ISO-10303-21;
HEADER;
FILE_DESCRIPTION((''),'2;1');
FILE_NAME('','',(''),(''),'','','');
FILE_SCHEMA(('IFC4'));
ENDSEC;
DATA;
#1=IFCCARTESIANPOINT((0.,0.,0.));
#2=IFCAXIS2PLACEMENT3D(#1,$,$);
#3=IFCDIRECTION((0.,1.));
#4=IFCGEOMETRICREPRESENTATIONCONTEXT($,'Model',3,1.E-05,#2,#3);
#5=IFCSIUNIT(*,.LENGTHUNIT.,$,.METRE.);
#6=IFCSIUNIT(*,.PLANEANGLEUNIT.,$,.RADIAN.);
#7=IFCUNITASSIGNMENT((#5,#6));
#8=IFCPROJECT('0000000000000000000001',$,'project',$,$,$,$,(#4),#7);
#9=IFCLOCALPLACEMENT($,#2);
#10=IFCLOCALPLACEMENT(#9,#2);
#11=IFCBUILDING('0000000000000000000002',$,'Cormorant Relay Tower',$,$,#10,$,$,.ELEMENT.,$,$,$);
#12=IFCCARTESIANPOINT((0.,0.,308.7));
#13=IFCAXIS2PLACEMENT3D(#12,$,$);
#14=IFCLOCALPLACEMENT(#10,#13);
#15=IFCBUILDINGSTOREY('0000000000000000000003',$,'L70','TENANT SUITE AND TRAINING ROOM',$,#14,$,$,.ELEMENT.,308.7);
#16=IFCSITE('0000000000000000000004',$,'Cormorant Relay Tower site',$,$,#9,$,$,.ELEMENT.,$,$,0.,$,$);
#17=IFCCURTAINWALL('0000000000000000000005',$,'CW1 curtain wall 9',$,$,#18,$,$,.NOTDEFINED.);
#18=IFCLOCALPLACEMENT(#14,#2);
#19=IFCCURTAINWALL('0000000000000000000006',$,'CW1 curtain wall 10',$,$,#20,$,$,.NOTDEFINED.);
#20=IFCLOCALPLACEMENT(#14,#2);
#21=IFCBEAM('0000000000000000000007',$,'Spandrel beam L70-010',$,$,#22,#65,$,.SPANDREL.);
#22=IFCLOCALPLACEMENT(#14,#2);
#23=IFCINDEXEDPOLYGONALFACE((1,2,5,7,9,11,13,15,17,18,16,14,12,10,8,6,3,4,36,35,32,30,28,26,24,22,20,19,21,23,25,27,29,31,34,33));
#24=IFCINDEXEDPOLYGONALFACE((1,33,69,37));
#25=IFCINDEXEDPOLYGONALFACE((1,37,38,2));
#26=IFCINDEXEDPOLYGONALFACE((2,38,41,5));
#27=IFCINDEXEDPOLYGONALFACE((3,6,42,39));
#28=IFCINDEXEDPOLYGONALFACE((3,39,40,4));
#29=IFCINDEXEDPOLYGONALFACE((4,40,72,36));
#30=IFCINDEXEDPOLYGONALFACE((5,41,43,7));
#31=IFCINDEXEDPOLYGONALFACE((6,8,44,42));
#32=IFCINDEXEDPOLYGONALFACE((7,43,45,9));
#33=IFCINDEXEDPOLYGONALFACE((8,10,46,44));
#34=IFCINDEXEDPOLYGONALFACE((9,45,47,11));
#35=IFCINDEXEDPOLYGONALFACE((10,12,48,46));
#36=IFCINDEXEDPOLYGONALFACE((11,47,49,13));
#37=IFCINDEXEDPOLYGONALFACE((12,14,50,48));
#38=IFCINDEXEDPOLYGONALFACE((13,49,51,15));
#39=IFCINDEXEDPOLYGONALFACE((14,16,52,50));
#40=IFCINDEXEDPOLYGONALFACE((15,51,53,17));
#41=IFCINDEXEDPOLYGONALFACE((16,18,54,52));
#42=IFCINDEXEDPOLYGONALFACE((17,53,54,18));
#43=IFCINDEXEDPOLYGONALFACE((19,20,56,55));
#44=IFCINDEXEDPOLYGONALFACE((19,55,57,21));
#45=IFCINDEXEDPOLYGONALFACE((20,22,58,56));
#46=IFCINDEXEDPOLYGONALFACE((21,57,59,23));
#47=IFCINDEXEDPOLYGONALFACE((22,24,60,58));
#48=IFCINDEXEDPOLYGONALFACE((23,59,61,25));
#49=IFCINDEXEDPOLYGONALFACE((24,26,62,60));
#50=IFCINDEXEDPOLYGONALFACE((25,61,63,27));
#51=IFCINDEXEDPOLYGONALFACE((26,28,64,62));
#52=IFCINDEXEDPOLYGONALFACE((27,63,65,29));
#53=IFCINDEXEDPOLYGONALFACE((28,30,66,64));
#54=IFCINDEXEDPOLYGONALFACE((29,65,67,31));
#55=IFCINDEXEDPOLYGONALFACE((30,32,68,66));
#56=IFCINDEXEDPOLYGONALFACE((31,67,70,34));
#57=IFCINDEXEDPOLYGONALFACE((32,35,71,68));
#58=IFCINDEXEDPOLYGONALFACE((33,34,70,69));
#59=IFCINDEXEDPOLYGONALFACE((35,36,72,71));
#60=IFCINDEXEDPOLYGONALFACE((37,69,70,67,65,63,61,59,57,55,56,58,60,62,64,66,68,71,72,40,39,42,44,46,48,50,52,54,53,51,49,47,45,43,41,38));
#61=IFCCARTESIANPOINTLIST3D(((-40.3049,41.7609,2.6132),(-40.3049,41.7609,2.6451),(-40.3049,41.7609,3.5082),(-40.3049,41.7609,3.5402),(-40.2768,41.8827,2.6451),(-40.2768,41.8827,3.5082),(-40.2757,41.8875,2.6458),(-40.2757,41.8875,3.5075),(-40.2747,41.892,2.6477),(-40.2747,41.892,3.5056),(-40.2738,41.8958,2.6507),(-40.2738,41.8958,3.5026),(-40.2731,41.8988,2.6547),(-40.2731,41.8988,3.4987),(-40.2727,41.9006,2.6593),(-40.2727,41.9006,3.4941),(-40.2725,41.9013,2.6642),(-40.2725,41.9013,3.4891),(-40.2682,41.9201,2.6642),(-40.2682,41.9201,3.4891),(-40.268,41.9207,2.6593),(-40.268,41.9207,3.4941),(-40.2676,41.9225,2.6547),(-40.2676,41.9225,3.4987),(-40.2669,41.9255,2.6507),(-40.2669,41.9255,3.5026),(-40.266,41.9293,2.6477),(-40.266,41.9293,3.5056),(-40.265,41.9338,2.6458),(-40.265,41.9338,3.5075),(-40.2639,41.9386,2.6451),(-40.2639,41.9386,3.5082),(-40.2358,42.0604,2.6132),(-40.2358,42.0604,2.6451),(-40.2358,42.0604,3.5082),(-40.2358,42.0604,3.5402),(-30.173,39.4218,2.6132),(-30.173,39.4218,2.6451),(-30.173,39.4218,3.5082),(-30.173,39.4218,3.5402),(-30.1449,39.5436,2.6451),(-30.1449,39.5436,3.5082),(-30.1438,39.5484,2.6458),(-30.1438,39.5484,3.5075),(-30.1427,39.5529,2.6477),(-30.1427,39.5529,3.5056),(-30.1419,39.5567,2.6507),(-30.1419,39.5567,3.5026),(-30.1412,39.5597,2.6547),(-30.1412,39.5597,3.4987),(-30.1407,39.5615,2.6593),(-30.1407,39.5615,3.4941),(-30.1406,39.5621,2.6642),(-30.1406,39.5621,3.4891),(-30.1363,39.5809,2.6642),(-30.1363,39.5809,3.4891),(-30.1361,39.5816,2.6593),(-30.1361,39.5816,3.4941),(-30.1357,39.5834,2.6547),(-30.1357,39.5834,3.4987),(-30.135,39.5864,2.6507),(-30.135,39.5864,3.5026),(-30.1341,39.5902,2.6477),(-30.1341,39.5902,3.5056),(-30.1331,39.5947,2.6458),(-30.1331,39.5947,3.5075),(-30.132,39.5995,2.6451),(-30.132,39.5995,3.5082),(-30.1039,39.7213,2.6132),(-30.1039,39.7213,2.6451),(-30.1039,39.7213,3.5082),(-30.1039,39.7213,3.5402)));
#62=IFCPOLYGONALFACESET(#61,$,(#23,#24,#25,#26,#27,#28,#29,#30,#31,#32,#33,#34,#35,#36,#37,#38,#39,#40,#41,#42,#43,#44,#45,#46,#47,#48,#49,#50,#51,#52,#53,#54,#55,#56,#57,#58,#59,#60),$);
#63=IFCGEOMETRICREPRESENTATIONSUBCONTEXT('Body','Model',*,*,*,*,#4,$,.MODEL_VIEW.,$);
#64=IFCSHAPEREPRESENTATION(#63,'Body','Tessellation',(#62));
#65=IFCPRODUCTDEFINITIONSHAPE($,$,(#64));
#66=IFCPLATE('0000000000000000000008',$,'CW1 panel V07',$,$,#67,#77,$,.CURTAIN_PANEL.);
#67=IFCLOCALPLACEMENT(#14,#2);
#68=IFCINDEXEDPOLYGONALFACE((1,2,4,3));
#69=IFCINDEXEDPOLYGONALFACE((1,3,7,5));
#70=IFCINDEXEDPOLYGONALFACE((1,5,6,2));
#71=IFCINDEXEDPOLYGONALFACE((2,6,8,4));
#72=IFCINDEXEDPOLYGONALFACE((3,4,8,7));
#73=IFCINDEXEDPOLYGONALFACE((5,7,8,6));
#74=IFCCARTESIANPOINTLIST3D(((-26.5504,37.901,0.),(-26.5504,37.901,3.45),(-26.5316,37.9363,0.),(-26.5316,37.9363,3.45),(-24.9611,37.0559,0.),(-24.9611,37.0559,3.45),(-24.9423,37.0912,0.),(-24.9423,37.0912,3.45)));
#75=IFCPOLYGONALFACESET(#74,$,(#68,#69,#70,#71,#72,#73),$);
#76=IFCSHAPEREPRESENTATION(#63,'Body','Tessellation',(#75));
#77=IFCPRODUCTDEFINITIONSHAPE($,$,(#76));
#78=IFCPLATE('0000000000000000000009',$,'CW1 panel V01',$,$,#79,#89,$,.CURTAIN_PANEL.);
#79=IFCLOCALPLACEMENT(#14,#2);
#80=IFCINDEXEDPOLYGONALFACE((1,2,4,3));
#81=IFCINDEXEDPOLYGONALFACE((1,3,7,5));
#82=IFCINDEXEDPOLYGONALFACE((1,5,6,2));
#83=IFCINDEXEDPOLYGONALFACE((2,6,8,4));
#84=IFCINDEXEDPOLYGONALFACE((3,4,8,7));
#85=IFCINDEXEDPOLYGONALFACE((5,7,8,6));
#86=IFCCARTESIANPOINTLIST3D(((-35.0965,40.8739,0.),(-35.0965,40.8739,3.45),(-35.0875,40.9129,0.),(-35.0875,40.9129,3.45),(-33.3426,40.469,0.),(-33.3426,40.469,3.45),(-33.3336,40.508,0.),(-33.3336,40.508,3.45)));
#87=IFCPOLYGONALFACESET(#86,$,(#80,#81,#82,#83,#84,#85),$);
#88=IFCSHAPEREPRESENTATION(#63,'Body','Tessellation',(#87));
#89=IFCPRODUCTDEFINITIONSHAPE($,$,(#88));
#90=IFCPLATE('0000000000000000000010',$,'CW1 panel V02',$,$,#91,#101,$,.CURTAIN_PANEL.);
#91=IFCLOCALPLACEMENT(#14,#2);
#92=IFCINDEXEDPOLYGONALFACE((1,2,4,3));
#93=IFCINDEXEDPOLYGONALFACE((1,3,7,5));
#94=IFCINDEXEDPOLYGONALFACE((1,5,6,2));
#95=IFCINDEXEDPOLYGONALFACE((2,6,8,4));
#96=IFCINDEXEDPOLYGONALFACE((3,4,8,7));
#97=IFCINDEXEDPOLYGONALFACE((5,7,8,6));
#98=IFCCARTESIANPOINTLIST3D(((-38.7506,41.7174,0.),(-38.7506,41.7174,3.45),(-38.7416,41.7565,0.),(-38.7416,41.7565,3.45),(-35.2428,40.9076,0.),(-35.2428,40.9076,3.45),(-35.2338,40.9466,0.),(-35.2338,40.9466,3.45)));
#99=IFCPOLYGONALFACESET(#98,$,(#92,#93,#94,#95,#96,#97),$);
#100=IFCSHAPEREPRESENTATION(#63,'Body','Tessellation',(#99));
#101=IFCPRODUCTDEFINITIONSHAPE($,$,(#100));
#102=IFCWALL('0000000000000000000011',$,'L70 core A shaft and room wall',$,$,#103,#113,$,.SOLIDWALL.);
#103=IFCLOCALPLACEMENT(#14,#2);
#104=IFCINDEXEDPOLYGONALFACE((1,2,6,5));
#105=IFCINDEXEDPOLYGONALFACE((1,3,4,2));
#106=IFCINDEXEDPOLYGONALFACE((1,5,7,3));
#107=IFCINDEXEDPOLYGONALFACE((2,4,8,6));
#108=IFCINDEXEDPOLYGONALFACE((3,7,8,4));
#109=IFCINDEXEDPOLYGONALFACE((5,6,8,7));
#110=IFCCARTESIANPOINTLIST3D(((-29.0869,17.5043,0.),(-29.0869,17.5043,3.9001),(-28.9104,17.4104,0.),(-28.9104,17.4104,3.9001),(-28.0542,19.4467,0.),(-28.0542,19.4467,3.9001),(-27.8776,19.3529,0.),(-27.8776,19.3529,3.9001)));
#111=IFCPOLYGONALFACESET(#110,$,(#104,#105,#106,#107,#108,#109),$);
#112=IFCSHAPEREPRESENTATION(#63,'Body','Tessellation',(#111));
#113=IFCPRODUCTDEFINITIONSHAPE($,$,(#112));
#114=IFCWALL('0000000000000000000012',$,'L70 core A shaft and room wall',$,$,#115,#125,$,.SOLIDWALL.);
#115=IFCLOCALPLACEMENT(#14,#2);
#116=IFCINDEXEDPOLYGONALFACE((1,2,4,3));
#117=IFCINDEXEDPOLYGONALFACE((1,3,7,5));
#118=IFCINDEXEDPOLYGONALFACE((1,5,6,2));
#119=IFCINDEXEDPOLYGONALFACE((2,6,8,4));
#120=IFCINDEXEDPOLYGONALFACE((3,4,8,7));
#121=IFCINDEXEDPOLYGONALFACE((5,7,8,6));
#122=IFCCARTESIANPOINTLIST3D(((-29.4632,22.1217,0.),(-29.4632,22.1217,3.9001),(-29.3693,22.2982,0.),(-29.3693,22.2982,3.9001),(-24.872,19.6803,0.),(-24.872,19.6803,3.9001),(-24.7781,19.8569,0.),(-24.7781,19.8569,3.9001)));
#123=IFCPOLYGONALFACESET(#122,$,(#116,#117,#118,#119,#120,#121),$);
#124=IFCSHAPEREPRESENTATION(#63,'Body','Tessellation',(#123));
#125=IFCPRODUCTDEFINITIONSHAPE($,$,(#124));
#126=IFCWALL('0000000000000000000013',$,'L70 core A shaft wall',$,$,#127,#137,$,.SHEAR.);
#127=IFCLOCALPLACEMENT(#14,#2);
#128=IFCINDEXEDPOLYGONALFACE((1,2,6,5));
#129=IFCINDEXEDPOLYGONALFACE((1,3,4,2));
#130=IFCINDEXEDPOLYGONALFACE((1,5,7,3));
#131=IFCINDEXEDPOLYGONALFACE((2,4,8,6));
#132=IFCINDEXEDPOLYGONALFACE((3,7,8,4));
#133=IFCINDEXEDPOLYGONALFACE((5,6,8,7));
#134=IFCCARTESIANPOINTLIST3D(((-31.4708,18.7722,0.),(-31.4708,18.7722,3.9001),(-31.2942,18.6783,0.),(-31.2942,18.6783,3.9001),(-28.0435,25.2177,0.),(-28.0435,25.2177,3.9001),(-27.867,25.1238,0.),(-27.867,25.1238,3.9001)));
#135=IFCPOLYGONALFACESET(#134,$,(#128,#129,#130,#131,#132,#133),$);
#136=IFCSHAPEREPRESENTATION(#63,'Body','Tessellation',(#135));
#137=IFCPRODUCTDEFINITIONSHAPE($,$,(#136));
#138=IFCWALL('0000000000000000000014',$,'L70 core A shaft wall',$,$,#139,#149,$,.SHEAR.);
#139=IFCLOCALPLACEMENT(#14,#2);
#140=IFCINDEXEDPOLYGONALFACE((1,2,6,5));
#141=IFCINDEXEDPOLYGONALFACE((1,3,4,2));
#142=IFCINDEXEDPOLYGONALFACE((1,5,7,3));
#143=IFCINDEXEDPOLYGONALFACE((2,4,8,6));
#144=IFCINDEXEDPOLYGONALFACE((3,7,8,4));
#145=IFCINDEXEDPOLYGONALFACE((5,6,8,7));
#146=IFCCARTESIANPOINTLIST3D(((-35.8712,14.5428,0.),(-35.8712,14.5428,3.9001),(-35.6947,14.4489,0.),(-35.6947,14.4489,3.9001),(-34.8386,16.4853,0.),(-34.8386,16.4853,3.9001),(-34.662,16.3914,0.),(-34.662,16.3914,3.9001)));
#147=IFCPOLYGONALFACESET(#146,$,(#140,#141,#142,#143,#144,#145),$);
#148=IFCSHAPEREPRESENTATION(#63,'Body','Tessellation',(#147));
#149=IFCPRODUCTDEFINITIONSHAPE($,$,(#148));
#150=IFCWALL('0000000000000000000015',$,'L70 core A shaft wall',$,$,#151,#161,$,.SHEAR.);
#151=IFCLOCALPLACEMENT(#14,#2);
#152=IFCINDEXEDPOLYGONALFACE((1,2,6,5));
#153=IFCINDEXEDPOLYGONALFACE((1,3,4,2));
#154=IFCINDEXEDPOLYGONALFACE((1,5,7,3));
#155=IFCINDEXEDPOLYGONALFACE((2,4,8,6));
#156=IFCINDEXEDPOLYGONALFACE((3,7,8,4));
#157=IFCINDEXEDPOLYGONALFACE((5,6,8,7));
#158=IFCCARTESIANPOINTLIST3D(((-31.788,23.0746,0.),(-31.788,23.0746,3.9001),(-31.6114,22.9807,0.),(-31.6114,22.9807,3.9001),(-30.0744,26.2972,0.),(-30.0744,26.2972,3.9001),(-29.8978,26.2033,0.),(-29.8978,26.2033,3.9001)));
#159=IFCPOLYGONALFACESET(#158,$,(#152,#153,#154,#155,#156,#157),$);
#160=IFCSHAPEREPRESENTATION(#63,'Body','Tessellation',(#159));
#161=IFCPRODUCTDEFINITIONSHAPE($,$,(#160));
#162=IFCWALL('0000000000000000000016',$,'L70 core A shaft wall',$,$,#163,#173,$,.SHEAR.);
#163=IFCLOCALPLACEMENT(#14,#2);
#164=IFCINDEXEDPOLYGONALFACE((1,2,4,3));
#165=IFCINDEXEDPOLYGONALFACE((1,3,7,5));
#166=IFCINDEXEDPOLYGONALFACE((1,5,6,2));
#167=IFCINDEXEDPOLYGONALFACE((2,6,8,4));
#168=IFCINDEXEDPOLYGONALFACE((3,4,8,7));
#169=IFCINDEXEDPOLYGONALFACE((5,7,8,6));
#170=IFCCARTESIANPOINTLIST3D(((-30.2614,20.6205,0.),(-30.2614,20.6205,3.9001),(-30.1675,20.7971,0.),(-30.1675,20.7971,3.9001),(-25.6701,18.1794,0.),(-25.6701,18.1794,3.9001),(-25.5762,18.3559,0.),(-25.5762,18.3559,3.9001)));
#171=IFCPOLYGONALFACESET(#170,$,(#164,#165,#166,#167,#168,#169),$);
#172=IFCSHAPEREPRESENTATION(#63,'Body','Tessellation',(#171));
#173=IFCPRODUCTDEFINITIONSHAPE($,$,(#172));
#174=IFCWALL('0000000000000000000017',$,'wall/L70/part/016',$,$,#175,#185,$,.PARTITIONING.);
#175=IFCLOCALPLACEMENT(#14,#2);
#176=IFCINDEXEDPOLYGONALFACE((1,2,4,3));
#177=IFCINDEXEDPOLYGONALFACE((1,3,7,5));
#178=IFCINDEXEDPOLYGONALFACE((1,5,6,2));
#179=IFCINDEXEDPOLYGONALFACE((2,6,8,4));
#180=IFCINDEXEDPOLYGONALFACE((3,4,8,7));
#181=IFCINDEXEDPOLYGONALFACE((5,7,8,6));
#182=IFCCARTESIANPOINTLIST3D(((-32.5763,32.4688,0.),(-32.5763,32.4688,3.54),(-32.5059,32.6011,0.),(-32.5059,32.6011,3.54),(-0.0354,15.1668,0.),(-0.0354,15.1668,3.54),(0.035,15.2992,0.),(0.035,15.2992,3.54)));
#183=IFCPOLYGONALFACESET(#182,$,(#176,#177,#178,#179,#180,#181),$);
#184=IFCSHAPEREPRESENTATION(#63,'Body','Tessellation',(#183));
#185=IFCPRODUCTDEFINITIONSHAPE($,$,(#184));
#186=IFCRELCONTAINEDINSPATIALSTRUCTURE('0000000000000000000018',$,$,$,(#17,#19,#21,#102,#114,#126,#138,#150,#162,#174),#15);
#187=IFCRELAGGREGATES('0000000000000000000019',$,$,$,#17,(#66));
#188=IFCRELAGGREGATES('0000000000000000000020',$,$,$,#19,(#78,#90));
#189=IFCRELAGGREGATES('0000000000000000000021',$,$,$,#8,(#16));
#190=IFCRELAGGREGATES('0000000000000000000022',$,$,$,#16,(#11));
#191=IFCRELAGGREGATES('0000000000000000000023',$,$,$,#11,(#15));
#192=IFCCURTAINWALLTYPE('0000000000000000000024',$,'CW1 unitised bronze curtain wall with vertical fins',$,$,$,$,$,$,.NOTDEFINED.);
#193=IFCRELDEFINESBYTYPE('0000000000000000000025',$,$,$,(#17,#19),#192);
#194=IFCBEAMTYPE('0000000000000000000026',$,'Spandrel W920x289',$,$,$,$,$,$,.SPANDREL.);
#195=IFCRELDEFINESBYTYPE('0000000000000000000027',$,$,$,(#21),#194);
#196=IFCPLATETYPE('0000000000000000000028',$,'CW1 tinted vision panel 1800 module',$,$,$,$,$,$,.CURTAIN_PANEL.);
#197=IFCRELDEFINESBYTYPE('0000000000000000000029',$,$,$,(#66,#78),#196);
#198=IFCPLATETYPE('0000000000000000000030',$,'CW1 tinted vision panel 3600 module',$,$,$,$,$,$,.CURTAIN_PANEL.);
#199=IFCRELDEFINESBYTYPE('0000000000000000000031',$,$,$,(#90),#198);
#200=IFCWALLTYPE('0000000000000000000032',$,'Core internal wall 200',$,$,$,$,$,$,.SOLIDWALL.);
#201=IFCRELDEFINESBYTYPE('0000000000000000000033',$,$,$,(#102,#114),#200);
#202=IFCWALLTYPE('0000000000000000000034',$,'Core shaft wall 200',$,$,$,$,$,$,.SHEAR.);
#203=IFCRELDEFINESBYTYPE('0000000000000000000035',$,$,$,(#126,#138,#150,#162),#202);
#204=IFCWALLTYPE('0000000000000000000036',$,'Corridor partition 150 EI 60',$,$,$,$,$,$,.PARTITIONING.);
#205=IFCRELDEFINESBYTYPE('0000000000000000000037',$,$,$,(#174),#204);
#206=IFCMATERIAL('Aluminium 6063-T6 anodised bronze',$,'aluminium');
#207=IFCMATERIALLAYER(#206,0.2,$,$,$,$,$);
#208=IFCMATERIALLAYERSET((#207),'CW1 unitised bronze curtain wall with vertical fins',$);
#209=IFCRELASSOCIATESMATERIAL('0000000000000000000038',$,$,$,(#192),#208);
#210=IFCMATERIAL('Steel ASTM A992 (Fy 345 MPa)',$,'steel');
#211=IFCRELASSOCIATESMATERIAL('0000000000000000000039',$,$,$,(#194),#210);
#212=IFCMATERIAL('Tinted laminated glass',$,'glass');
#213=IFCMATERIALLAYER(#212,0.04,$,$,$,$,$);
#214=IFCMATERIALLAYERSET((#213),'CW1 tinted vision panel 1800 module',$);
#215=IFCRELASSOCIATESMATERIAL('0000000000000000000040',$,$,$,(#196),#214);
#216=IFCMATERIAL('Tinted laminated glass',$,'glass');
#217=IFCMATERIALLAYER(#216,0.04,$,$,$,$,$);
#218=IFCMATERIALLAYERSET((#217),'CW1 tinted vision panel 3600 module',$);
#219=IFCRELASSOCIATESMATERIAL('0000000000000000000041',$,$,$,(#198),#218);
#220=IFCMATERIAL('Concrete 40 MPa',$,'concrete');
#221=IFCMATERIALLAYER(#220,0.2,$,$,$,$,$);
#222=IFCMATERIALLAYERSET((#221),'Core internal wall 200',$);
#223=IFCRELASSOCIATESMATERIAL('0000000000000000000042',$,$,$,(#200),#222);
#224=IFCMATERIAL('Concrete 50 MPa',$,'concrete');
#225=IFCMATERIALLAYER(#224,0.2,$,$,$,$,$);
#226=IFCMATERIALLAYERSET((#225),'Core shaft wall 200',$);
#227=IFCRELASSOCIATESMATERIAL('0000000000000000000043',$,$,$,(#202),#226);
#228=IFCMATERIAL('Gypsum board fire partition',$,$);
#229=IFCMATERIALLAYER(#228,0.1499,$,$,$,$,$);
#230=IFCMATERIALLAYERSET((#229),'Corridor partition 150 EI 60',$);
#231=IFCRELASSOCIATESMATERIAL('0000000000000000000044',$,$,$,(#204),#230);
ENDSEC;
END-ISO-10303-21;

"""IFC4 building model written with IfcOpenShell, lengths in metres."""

from ifc_helpers import new_model, si_unit, direction, frame, frame_2d, origin, origin_2d, place, context, subcontext, project, spatial, rectangle, i_section, extrude, material, layer, layer_set, material_profile, profile_set, type_object, element, aggregate, save


model = new_model("IFC4")

# Units and contexts
model_context = context("Model", 3, precision=1e-05, world=origin(), true_north=direction((0.0, 1.0)))
body_context = subcontext(model_context, "Body", "Model", "MODEL_VIEW")
ifc_project = project(units=[si_unit("LENGTHUNIT", "METRE"), si_unit("PLANEANGLEUNIT", "RADIAN")], contexts=[model_context])

# Site, building, storey
site_placement = place(None, origin())
site = spatial("IfcSite", under=ifc_project, at=site_placement, Name="Cormorant Relay Tower site", CompositionType="ELEMENT", RefElevation=0.0)
building_placement = place(site_placement, origin())
building = spatial("IfcBuilding", under=site, at=building_placement, Name="Cormorant Relay Tower", CompositionType="ELEMENT")
storey_placement = place(building_placement, frame((0.0, 0.0, 308.7)))
storey = spatial("IfcBuildingStorey", under=building, at=storey_placement, Name="L70", Description="TENANT SUITE AND TRAINING ROOM", CompositionType="ELEMENT", Elevation=308.7)

# Curtain wall
ifc_material_1 = material(Name="Aluminium 6063-T6 anodised bronze", Category="aluminium")
ifc_layer_1 = layer(ifc_material_1, 0.2)
ifc_layer_set_1 = layer_set([ifc_layer_1], Name="CW1 unitised bronze curtain wall with vertical fins")
curtain_wall_type = type_object("IfcCurtainWallType", Name="CW1 unitised bronze curtain wall with vertical fins", PredefinedType="NOTDEFINED", material=ifc_layer_set_1)
curtain_wall_1_placement = place(storey_placement, origin())
curtain_wall_1 = element("IfcCurtainWall", 1, at=curtain_wall_1_placement, inside=storey, type_object=curtain_wall_type, Name="CW1 curtain wall 9", PredefinedType="NOTDEFINED")

# Curtain wall
curtain_wall_2_placement = place(storey_placement, origin())
curtain_wall_2 = element("IfcCurtainWall", 2, at=curtain_wall_2_placement, inside=storey, type_object=curtain_wall_type, Name="CW1 curtain wall 10", PredefinedType="NOTDEFINED")

# Beam
ifc_material_2 = material(Name="Steel ASTM A992 (Fy 345 MPa)", Category="steel")
ifc_material_profile_1 = material_profile(ifc_material_2, i_section(OverallWidth=0.3074, OverallDepth=0.927, WebThickness=0.0193, FlangeThickness=0.032, FilletRadius=0.019, at=origin_2d()), Name="W920x289")
ifc_profile_set_1 = profile_set([ifc_material_profile_1], Name="Steel ASTM A992 (Fy 345 MPa)")
beam_type = type_object("IfcBeamType", Name="Spandrel W920x289", PredefinedType="SPANDREL", material=ifc_profile_set_1)
beam_placement = place(storey_placement, frame((-30.1384, 39.5715, 3.0767), z_axis=(-0.97437, 0.22495, 0.0), x_axis=(-0.22495, -0.97437, 0.0)))
element("IfcBeam", 3, at=beam_placement, inside=storey, type_object=beam_type, Name="Spandrel beam L70-010", PredefinedType="SPANDREL", context=body_context, shape_type="SweptSolid", body=[
    extrude(i_section(OverallWidth=0.3074, OverallDepth=0.927, WebThickness=0.0193, FlangeThickness=0.032, FilletRadius=0.019, at=origin_2d()), origin(), (0.0, 0.0, 1.0), 10.3984),
])

# Plates
ifc_material_3 = material(Name="Tinted laminated glass", Category="glass")
ifc_layer_2 = layer(ifc_material_3, 0.04)
ifc_layer_set_2 = layer_set([ifc_layer_2], Name="CW1 tinted vision panel 1800 module")
plate_type_1 = type_object("IfcPlateType", Name="CW1 tinted vision panel 1800 module", PredefinedType="CURTAIN_PANEL", material=ifc_layer_set_2)
plate_1_placement = place(storey_placement, frame((-25.7463, 37.4961, 0.0), z_axis=(0.0, 0.0, 1.0), x_axis=(-0.882948, 0.469472, 0.0)))
plate_1 = element("IfcPlate", 4, at=plate_1_placement, type_object=plate_type_1, Name="CW1 panel V07", PredefinedType="CURTAIN_PANEL", context=body_context, shape_type="SweptSolid", body=[
    extrude(rectangle(XDim=1.8, YDim=0.04, at=origin_2d()), origin(), (0.0, 0.0, 1.0), 3.45),
])
plate_2_placement = place(storey_placement, frame((-34.2151, 40.6909, 0.0), z_axis=(0.0, 0.0, 1.0), x_axis=(-0.97437, 0.224951, 0.0)))
plate_2 = element("IfcPlate", 5, at=plate_2_placement, type_object=plate_type_1, Name="CW1 panel V01", PredefinedType="CURTAIN_PANEL", context=body_context, shape_type="SweptSolid", body=[
    extrude(rectangle(XDim=1.8, YDim=0.04, at=origin_2d()), origin(), (0.0, 0.0, 1.0), 3.45),
])
ifc_material_4 = material(Name="Tinted laminated glass", Category="glass")
ifc_layer_3 = layer(ifc_material_4, 0.04)
ifc_layer_set_3 = layer_set([ifc_layer_3], Name="CW1 tinted vision panel 3600 module")
plate_type_2 = type_object("IfcPlateType", Name="CW1 tinted vision panel 3600 module", PredefinedType="CURTAIN_PANEL", material=ifc_layer_set_3)
plate_3_placement = place(storey_placement, frame((-36.9922, 41.332, 0.0), z_axis=(0.0, 0.0, 1.0), x_axis=(-0.97437, 0.224951, 0.0)))
plate_3 = element("IfcPlate", 6, at=plate_3_placement, type_object=plate_type_2, Name="CW1 panel V02", PredefinedType="CURTAIN_PANEL", context=body_context, shape_type="SweptSolid", body=[
    extrude(rectangle(XDim=3.6001, YDim=0.04, at=origin_2d()), origin(), (0.0, 0.0, 1.0), 3.45),
])

# Walls
ifc_material_5 = material(Name="Concrete 40 MPa", Category="concrete")
ifc_layer_4 = layer(ifc_material_5, 0.2)
ifc_layer_set_4 = layer_set([ifc_layer_4], Name="Core internal wall 200")
wall_type_1 = type_object("IfcWallType", Name="Core internal wall 200", PredefinedType="SOLIDWALL", material=ifc_layer_set_4)
wall_1_placement = place(storey_placement, frame((-27.9658, 19.3999, 0.0), z_axis=(0.0, 0.0, 1.0), x_axis=(-0.469447, -0.88296, 0.0)))
element("IfcWall", 7, at=wall_1_placement, inside=storey, type_object=wall_type_1, Name="L70 core A shaft and room wall", PredefinedType="SOLIDWALL", context=body_context, shape_type="SweptSolid", body=[
    extrude(rectangle(XDim=2.2, YDim=0.2, at=frame_2d((1.1001, 0.0))), origin(), (0.0, 0.0, 1.0), 3.9001),
])
wall_2_placement = place(storey_placement, frame((-24.825, 19.7686, 0.0), z_axis=(0.0, 0.0, 1.0), x_axis=(-0.882935, 0.469496, 0.0)))
element("IfcWall", 8, at=wall_2_placement, inside=storey, type_object=wall_type_1, Name="L70 core A shaft and room wall", PredefinedType="SOLIDWALL", context=body_context, shape_type="SweptSolid", body=[
    extrude(rectangle(XDim=5.2, YDim=0.2, at=frame_2d((2.6001, 0.0))), origin(), (0.0, 0.0, 1.0), 3.9001),
])
ifc_material_6 = material(Name="Concrete 50 MPa", Category="concrete")
ifc_layer_5 = layer(ifc_material_6, 0.2)
ifc_layer_set_5 = layer_set([ifc_layer_5], Name="Core shaft wall 200")
wall_type_2 = type_object("IfcWallType", Name="Core shaft wall 200", PredefinedType="SHEAR", material=ifc_layer_set_5)
wall_3_placement = place(storey_placement, frame((-27.9553, 25.1707, 0.0), z_axis=(0.0, 0.0, 1.0), x_axis=(-0.46948, -0.882943, 0.0)))
element("IfcWall", 9, at=wall_3_placement, inside=storey, type_object=wall_type_2, Name="L70 core A shaft wall", PredefinedType="SHEAR", context=body_context, shape_type="SweptSolid", body=[
    extrude(rectangle(XDim=7.3, YDim=0.2, at=frame_2d((3.6499, 0.0))), origin(), (0.0, 0.0, 1.0), 3.9001),
])
wall_4_placement = place(storey_placement, frame((-34.7502, 16.4385, 0.0), z_axis=(0.0, 0.0, 1.0), x_axis=(-0.469401, -0.882985, 0.0)))
element("IfcWall", 10, at=wall_4_placement, inside=storey, type_object=wall_type_2, Name="L70 core A shaft wall", PredefinedType="SHEAR", context=body_context, shape_type="SweptSolid", body=[
    extrude(rectangle(XDim=2.2, YDim=0.2, at=frame_2d((1.1001, 0.0))), origin(), (0.0, 0.0, 1.0), 3.9001),
])
wall_5_placement = place(storey_placement, frame((-29.9861, 26.2502, 0.0), z_axis=(0.0, 0.0, 1.0), x_axis=(-0.469494, -0.882936, 0.0)))
element("IfcWall", 11, at=wall_5_placement, inside=storey, type_object=wall_type_2, Name="L70 core A shaft wall", PredefinedType="SHEAR", context=body_context, shape_type="SweptSolid", body=[
    extrude(rectangle(XDim=3.6499, YDim=0.2, at=frame_2d((1.825, 0.0))), origin(), (0.0, 0.0, 1.0), 3.9001),
])

# Wall
wall_6_placement = place(storey_placement, frame((-25.623, 18.2676, 0.0), z_axis=(0.0, 0.0, 1.0), x_axis=(-0.882954, 0.46946, 0.0)))
element("IfcWall", 12, at=wall_6_placement, inside=storey, type_object=wall_type_2, Name="L70 core A shaft wall", PredefinedType="SHEAR", context=body_context, shape_type="SweptSolid", body=[
    extrude(rectangle(XDim=5.2, YDim=0.2, at=frame_2d((2.6001, 0.0))), origin(), (0.0, 0.0, 1.0), 3.9001),
])

# Wall
ifc_material_7 = material(Name="Gypsum board fire partition")
ifc_layer_6 = layer(ifc_material_7, 0.1499)
ifc_layer_set_6 = layer_set([ifc_layer_6], Name="Corridor partition 150 EI 60")
wall_type_3 = type_object("IfcWallType", Name="Corridor partition 150 EI 60", PredefinedType="PARTITIONING", material=ifc_layer_set_6)
wall_7_placement = place(storey_placement, frame((-32.541, 32.5349, 0.0), z_axis=(0.0, 0.0, 1.0), x_axis=(0.882952, -0.469464, 0.0)))
element("IfcWall", 13, at=wall_7_placement, inside=storey, type_object=wall_type_3, Name="wall/L70/part/016", PredefinedType="PARTITIONING", context=body_context, shape_type="SweptSolid", body=[
    extrude(rectangle(XDim=36.8547, YDim=0.1499, at=frame_2d((18.4272, 0.0))), origin(), (0.0, 0.0, 1.0), 3.54),
])

aggregate(curtain_wall_1, [plate_1])
aggregate(curtain_wall_2, [plate_2, plate_3])

save(model, "model.ifc")
